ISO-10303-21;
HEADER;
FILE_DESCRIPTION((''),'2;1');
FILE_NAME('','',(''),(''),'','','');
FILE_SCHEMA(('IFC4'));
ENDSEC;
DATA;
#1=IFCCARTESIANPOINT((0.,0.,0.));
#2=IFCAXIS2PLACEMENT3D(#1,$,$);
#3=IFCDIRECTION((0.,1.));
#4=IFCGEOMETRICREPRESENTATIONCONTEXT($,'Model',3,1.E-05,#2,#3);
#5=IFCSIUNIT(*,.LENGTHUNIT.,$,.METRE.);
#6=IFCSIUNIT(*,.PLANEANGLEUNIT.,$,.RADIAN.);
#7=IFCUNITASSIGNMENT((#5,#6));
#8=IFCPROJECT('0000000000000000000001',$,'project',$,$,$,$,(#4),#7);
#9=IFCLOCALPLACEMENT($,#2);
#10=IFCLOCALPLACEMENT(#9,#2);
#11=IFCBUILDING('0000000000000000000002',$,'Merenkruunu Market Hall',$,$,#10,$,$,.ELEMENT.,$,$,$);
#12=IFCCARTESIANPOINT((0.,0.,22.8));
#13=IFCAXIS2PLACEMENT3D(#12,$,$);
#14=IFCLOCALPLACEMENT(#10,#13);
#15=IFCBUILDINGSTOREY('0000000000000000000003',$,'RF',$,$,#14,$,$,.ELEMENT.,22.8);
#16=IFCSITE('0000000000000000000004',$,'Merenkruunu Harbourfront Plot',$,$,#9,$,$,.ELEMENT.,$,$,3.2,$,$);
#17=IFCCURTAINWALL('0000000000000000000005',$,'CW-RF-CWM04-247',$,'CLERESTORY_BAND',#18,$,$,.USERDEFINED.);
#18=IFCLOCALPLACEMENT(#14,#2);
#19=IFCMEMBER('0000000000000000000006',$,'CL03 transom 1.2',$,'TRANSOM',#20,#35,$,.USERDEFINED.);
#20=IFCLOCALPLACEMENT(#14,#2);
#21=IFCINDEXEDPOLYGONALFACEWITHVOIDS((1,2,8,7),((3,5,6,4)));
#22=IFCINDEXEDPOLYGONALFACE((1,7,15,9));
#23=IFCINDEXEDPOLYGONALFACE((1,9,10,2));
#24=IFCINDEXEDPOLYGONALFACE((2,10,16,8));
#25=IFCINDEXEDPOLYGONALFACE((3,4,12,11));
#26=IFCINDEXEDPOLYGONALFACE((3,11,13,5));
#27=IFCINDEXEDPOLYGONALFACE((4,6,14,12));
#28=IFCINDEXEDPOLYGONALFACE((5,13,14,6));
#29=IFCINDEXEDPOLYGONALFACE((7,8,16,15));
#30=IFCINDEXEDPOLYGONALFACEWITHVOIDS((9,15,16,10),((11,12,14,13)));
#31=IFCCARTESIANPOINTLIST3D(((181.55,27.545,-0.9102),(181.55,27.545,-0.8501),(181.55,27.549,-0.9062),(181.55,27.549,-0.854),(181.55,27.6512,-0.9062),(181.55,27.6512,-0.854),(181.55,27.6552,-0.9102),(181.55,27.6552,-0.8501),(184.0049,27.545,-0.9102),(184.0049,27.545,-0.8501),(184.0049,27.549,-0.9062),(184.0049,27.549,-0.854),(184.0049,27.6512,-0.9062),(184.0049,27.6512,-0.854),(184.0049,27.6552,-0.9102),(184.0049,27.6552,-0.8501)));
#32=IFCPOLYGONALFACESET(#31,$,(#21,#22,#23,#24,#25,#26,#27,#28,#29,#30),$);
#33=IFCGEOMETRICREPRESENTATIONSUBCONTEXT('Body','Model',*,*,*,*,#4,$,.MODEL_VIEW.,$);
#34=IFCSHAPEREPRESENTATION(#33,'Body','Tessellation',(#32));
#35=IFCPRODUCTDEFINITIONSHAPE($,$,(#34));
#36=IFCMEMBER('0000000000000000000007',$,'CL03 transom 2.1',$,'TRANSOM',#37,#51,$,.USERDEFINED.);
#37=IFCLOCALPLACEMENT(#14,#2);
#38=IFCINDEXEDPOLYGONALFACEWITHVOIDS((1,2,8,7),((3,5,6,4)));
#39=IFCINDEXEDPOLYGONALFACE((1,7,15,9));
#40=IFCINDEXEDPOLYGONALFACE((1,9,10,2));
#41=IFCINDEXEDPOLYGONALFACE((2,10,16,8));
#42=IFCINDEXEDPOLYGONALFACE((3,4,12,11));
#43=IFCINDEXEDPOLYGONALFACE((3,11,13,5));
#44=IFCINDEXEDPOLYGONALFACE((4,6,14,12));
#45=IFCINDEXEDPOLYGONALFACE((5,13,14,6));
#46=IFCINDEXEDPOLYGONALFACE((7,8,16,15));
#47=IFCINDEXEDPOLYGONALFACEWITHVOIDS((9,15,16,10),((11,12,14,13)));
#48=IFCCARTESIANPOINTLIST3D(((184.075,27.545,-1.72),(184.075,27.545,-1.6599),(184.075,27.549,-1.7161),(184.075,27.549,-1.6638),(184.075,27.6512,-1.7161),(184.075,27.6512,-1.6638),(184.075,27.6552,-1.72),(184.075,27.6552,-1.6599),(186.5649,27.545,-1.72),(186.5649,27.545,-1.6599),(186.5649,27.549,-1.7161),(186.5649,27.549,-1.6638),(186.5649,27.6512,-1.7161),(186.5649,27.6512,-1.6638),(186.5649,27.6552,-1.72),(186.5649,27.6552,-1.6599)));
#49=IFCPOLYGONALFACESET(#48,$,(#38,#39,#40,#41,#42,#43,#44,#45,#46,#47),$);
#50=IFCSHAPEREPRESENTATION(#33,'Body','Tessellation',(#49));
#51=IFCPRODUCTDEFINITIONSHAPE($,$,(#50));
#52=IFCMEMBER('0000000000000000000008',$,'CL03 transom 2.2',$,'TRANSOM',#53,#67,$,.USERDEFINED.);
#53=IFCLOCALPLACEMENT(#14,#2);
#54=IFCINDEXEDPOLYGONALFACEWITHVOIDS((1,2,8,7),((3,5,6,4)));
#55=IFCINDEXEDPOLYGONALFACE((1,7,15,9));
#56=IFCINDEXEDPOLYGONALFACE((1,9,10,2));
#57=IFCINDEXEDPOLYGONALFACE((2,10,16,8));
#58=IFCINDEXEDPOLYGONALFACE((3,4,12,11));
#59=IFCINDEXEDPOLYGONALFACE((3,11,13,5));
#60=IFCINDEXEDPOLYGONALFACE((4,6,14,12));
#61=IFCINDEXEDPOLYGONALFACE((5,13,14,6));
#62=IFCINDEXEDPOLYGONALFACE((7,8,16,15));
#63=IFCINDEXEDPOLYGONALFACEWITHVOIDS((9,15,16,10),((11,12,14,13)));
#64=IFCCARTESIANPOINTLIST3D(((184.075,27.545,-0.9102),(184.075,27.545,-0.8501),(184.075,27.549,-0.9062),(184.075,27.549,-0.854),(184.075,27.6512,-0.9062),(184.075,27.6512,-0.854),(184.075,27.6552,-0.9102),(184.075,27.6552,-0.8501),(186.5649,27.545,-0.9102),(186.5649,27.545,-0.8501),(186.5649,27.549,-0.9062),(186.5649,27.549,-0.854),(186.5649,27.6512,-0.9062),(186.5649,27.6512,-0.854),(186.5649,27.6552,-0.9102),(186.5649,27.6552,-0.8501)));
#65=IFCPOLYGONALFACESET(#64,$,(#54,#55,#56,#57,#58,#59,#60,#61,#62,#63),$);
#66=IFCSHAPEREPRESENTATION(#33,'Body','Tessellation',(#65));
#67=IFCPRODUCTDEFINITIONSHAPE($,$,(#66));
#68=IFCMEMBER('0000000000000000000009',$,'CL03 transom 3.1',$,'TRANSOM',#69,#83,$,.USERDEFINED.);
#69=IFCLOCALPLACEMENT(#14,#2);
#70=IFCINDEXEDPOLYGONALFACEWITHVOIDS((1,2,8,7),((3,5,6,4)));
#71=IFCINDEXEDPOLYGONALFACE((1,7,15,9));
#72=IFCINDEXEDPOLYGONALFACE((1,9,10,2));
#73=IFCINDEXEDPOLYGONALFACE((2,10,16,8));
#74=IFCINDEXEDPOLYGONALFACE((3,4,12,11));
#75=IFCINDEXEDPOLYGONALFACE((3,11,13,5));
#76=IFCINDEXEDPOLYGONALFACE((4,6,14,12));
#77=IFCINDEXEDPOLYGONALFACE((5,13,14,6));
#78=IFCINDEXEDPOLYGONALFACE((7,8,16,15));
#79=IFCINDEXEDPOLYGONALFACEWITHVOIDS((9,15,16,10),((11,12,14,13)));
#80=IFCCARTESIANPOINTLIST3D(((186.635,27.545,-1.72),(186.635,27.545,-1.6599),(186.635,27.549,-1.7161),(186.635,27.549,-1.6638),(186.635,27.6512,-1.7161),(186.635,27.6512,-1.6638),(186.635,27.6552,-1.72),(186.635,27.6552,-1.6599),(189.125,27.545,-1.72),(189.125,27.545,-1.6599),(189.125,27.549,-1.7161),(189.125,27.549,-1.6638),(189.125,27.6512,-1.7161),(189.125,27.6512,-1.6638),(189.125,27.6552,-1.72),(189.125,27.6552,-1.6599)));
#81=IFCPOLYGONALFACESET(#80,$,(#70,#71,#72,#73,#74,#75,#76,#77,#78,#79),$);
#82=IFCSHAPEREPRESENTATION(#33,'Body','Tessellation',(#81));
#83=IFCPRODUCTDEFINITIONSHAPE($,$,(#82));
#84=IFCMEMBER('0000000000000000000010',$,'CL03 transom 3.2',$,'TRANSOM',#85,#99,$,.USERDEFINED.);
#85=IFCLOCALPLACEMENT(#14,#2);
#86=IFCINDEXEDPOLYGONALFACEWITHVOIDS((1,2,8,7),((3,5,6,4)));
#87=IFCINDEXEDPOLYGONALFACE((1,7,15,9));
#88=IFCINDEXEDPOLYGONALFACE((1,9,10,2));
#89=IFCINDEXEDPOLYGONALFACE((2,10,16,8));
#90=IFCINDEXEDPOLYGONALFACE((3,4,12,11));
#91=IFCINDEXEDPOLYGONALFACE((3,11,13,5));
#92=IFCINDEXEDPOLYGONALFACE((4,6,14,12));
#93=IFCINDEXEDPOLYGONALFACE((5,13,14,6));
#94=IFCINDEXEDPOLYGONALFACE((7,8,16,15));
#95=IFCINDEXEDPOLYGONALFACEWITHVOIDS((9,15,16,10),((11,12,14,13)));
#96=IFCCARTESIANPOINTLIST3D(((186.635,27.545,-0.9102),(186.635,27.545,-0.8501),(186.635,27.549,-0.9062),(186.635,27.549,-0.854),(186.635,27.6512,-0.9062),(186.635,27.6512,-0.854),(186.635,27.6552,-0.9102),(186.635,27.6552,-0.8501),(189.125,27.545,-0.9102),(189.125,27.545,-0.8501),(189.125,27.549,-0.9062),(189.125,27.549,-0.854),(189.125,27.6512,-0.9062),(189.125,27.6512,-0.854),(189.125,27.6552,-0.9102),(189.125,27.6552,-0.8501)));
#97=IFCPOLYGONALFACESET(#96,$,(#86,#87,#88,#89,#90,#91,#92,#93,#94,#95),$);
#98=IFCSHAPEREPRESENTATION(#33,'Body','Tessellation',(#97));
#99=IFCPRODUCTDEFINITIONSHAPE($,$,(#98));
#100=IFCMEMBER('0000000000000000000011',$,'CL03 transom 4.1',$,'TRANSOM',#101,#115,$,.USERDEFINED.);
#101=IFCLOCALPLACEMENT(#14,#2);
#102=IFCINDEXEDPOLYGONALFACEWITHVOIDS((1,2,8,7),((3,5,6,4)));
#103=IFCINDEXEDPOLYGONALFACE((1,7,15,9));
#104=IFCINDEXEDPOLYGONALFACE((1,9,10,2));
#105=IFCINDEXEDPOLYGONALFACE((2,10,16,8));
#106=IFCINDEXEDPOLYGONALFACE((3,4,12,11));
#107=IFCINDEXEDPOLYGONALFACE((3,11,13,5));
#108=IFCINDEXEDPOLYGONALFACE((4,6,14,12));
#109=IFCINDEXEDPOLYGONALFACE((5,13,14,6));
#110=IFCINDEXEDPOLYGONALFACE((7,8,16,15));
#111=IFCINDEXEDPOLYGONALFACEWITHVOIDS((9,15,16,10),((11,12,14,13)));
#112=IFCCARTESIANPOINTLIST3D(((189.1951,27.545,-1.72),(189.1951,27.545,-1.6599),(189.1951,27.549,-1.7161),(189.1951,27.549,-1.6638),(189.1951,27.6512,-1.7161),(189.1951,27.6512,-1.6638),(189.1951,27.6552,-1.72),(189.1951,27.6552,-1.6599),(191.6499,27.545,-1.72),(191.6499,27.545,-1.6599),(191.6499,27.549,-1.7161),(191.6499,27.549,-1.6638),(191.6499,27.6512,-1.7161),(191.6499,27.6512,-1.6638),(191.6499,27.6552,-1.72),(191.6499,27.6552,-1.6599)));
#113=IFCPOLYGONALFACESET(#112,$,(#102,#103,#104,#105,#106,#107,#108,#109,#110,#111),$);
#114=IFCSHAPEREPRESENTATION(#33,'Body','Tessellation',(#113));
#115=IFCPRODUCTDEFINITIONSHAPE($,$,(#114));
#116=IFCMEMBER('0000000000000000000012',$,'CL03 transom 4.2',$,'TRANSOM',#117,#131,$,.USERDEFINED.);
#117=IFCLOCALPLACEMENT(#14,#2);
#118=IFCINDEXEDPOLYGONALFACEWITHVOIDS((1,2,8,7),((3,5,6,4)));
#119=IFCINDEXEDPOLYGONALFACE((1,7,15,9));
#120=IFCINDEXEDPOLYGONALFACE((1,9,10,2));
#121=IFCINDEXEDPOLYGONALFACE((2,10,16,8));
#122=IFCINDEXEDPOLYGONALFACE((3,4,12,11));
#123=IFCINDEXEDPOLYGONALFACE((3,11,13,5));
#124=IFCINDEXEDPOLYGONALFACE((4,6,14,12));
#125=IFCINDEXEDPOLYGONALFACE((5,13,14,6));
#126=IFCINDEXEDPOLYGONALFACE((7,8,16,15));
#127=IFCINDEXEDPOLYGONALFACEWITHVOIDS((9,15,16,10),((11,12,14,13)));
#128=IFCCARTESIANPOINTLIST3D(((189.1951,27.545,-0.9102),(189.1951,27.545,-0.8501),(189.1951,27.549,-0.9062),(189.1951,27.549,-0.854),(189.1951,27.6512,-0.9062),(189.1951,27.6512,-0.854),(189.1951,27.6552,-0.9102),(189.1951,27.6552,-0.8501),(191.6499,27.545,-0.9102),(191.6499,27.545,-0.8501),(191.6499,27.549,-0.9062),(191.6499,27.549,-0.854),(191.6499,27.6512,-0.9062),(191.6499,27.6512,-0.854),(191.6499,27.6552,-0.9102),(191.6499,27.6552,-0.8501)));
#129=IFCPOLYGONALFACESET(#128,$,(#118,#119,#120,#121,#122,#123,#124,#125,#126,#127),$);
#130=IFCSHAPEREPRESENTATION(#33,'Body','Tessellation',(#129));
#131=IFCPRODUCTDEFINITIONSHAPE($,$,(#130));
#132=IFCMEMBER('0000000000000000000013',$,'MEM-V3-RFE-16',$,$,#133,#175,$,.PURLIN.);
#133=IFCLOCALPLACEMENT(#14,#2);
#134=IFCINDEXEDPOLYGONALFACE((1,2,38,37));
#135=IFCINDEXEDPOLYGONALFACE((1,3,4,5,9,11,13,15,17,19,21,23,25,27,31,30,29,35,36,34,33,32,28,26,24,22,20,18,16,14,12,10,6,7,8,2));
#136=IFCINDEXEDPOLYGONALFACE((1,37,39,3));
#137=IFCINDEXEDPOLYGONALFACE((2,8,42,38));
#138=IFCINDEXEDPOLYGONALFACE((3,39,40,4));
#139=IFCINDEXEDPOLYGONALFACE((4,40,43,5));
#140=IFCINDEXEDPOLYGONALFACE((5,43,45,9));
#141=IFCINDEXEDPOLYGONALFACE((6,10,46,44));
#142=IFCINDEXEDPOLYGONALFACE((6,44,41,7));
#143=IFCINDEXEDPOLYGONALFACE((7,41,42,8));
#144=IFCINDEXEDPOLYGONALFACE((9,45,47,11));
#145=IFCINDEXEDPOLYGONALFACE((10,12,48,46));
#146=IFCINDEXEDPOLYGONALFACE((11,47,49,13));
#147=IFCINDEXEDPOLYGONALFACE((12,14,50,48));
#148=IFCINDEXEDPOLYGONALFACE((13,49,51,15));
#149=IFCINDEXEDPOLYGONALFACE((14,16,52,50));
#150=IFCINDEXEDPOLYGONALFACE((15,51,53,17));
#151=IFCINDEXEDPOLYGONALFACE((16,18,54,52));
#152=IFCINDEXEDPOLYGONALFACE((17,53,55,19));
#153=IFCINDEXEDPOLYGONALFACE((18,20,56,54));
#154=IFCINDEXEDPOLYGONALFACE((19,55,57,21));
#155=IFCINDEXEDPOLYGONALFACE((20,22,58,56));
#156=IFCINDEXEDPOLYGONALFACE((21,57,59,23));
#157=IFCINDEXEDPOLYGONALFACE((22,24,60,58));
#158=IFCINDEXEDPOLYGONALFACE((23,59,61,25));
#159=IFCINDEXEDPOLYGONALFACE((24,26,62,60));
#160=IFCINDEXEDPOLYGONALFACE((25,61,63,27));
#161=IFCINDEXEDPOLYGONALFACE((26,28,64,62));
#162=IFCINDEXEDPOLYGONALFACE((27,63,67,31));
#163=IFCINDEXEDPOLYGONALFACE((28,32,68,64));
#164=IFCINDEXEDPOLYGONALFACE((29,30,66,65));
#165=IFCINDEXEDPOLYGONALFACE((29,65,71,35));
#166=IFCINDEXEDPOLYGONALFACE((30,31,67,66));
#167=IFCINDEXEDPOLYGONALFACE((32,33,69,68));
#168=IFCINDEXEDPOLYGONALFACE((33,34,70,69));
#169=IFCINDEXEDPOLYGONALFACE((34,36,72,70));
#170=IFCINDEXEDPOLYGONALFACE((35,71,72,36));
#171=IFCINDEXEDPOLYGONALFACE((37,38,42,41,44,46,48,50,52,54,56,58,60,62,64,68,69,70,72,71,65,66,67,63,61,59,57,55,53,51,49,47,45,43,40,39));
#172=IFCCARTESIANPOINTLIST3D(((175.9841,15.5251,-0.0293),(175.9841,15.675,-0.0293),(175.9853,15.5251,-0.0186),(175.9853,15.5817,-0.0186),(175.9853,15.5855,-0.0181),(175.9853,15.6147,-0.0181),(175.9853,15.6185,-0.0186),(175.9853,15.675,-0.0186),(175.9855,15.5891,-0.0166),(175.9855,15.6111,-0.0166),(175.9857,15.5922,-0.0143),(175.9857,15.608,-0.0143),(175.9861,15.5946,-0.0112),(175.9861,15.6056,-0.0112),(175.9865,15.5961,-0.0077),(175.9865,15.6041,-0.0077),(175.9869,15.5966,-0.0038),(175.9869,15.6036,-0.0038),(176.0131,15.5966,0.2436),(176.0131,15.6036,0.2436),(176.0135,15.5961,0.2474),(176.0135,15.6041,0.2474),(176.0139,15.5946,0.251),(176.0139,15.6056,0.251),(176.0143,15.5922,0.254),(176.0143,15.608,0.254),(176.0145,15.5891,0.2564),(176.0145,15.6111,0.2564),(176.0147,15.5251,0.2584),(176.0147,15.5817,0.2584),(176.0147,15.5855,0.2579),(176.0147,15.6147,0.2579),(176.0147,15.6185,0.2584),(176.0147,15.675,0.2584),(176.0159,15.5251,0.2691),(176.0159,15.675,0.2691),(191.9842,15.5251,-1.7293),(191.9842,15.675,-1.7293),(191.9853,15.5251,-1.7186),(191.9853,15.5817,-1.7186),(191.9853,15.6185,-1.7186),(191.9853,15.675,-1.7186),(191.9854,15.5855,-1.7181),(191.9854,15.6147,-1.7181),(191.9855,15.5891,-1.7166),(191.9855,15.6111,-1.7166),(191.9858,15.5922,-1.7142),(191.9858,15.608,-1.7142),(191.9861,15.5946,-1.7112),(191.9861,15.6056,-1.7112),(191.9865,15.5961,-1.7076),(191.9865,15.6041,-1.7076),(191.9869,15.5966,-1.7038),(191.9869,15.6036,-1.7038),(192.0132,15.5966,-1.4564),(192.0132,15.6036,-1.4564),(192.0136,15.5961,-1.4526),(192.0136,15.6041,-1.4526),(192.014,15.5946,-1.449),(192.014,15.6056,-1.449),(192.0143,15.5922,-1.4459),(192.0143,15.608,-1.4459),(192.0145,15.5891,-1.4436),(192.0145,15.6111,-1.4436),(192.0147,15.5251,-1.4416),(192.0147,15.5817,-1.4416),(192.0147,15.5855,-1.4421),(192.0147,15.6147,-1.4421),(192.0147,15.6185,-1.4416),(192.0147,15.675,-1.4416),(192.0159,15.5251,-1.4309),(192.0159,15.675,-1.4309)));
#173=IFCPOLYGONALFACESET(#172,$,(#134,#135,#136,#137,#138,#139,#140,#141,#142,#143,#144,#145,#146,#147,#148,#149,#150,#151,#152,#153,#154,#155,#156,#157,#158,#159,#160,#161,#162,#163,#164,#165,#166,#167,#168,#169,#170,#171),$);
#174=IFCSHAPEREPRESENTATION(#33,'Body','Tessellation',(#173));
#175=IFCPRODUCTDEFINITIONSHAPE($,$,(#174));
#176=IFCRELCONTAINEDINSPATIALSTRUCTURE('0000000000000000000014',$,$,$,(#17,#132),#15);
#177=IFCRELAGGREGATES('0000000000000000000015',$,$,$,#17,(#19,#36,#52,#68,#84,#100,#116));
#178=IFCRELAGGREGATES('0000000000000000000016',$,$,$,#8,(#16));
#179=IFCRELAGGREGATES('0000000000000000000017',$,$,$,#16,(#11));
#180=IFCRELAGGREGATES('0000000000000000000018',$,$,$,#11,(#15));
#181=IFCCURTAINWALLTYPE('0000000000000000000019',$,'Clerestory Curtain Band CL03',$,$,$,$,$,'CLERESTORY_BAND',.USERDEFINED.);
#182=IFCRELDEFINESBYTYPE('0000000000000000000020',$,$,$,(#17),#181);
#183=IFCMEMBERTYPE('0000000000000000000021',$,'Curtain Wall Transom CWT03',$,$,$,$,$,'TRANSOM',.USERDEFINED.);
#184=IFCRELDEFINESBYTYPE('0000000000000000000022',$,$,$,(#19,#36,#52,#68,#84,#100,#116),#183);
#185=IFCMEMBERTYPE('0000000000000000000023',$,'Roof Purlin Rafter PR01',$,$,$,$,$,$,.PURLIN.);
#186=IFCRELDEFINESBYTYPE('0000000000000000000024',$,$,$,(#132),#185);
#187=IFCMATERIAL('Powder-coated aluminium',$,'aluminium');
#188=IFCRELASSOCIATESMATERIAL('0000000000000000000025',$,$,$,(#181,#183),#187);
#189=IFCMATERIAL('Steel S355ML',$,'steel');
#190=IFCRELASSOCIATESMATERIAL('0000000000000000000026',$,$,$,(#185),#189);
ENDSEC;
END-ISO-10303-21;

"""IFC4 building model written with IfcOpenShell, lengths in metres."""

from ifc_helpers import new_model, si_unit, direction, frame, origin, origin_2d, place, context, subcontext, project, spatial, hollow_rectangle, i_section, extrude, material, material_profile, profile_set, type_object, element, aggregate, save


model = new_model("IFC4")

# Units and contexts
model_context = context("Model", 3, precision=1e-05, world=origin(), true_north=direction((0.0, 1.0)))
body_context = subcontext(model_context, "Body", "Model", "MODEL_VIEW")
ifc_project = project(units=[si_unit("LENGTHUNIT", "METRE"), si_unit("PLANEANGLEUNIT", "RADIAN")], contexts=[model_context])

# Site, building, storey
site_placement = place(None, origin())
site = spatial("IfcSite", under=ifc_project, at=site_placement, Name="Merenkruunu Harbourfront Plot", CompositionType="ELEMENT", RefElevation=3.2)
building_placement = place(site_placement, origin())
building = spatial("IfcBuilding", under=site, at=building_placement, Name="Merenkruunu Market Hall", CompositionType="ELEMENT")
storey_placement = place(building_placement, frame((0.0, 0.0, 22.8)))
storey = spatial("IfcBuildingStorey", under=building, at=storey_placement, Name="RF", CompositionType="ELEMENT", Elevation=22.8)

# Curtain wall
ifc_material_1 = material(Name="Powder-coated aluminium", Category="aluminium")
curtain_wall_type = type_object("IfcCurtainWallType", Name="Clerestory Curtain Band CL03", ElementType="CLERESTORY_BAND", PredefinedType="USERDEFINED", material=ifc_material_1)
curtain_wall_1_placement = place(storey_placement, origin())
curtain_wall_1 = element("IfcCurtainWall", 1, at=curtain_wall_1_placement, inside=storey, type_object=curtain_wall_type, Name="CW-RF-CWM04-247", ObjectType="CLERESTORY_BAND", PredefinedType="USERDEFINED")

# Members
ifc_material_profile_1 = material_profile(ifc_material_1, hollow_rectangle(XDim=0.0601, YDim=0.1101, WallThickness=0.0039, at=origin_2d()), Name="ALU 60x110x4")
ifc_profile_set_1 = profile_set([ifc_material_profile_1], Name="Powder-coated aluminium")
member_type_1 = type_object("IfcMemberType", Name="Curtain Wall Transom CWT03", ElementType="TRANSOM", PredefinedType="USERDEFINED", material=ifc_profile_set_1)
member_1_placement = place(storey_placement, frame((181.55, 27.6001, -0.8801), z_axis=(1.0, 0.0, 0.0), x_axis=(0.0, 0.0, 1.0)))
member_1 = element("IfcMember", 2, at=member_1_placement, type_object=member_type_1, Name="CL03 transom 1.2", ObjectType="TRANSOM", PredefinedType="USERDEFINED", context=body_context, shape_type="SweptSolid", body=[
    extrude(hollow_rectangle(XDim=0.0601, YDim=0.1101, WallThickness=0.0039, at=origin_2d()), origin(), (0.0, 0.0, 1.0), 2.4548),
])
member_2_placement = place(storey_placement, frame((184.075, 27.6001, -1.6899), z_axis=(1.0, 0.0, 0.0), x_axis=(0.0, 0.0, 1.0)))
member_2 = element("IfcMember", 3, at=member_2_placement, type_object=member_type_1, Name="CL03 transom 2.1", ObjectType="TRANSOM", PredefinedType="USERDEFINED", context=body_context, shape_type="SweptSolid", body=[
    extrude(hollow_rectangle(XDim=0.0601, YDim=0.1101, WallThickness=0.0039, at=origin_2d()), origin(), (0.0, 0.0, 1.0), 2.49),
])
member_3_placement = place(storey_placement, frame((184.075, 27.6001, -0.8801), z_axis=(1.0, 0.0, 0.0), x_axis=(0.0, 0.0, 1.0)))
member_3 = element("IfcMember", 4, at=member_3_placement, type_object=member_type_1, Name="CL03 transom 2.2", ObjectType="TRANSOM", PredefinedType="USERDEFINED", context=body_context, shape_type="SweptSolid", body=[
    extrude(hollow_rectangle(XDim=0.0601, YDim=0.1101, WallThickness=0.0039, at=origin_2d()), origin(), (0.0, 0.0, 1.0), 2.49),
])
member_4_placement = place(storey_placement, frame((186.635, 27.6001, -1.6899), z_axis=(1.0, 0.0, 0.0), x_axis=(0.0, 0.0, 1.0)))
member_4 = element("IfcMember", 5, at=member_4_placement, type_object=member_type_1, Name="CL03 transom 3.1", ObjectType="TRANSOM", PredefinedType="USERDEFINED", context=body_context, shape_type="SweptSolid", body=[
    extrude(hollow_rectangle(XDim=0.0601, YDim=0.1101, WallThickness=0.0039, at=origin_2d()), origin(), (0.0, 0.0, 1.0), 2.49),
])
member_5_placement = place(storey_placement, frame((186.635, 27.6001, -0.8801), z_axis=(1.0, 0.0, 0.0), x_axis=(0.0, 0.0, 1.0)))
member_5 = element("IfcMember", 6, at=member_5_placement, type_object=member_type_1, Name="CL03 transom 3.2", ObjectType="TRANSOM", PredefinedType="USERDEFINED", context=body_context, shape_type="SweptSolid", body=[
    extrude(hollow_rectangle(XDim=0.0601, YDim=0.1101, WallThickness=0.0039, at=origin_2d()), origin(), (0.0, 0.0, 1.0), 2.49),
])
member_6_placement = place(storey_placement, frame((189.1951, 27.6001, -1.6899), z_axis=(1.0, 0.0, 0.0), x_axis=(0.0, 0.0, 1.0)))
member_6 = element("IfcMember", 7, at=member_6_placement, type_object=member_type_1, Name="CL03 transom 4.1", ObjectType="TRANSOM", PredefinedType="USERDEFINED", context=body_context, shape_type="SweptSolid", body=[
    extrude(hollow_rectangle(XDim=0.0601, YDim=0.1101, WallThickness=0.0039, at=origin_2d()), origin(), (0.0, 0.0, 1.0), 2.4548),
])
member_7_placement = place(storey_placement, frame((189.1951, 27.6001, -0.8801), z_axis=(1.0, 0.0, 0.0), x_axis=(0.0, 0.0, 1.0)))
member_7 = element("IfcMember", 8, at=member_7_placement, type_object=member_type_1, Name="CL03 transom 4.2", ObjectType="TRANSOM", PredefinedType="USERDEFINED", context=body_context, shape_type="SweptSolid", body=[
    extrude(hollow_rectangle(XDim=0.0601, YDim=0.1101, WallThickness=0.0039, at=origin_2d()), origin(), (0.0, 0.0, 1.0), 2.4548),
])

# Member
ifc_material_2 = material(Name="Steel S355ML", Category="steel")
ifc_material_profile_2 = material_profile(ifc_material_2, i_section(OverallWidth=0.1499, OverallDepth=0.3, WebThickness=0.0071, FlangeThickness=0.0107, FilletRadius=0.0149, at=origin_2d()), Name="IPE 300")
ifc_profile_set_2 = profile_set([ifc_material_profile_2], Name="Steel S355ML")
member_type_2 = type_object("IfcMemberType", Name="Roof Purlin Rafter PR01", PredefinedType="PURLIN", material=ifc_profile_set_2)
for number, where, z_axis, x_axis, name in (
    (9, (176.0, 15.6001, 0.1199), (0.994403, 0.0, -0.105652), (0.0, 1.0, 0.0), "MEM-V3-RFE-16"),
):
    element("IfcMember", number, at=place(storey_placement, frame(where, z_axis=z_axis, x_axis=x_axis)), inside=storey, type_object=member_type_2, Name=name, PredefinedType="PURLIN", context=body_context, shape_type="SweptSolid", body=[
        extrude(i_section(OverallWidth=0.1499, OverallDepth=0.3, WebThickness=0.0071, FlangeThickness=0.0107, FilletRadius=0.0149, at=origin_2d()), origin(), (0.0, 0.0, 1.0), 16.0901),
    ])

aggregate(curtain_wall_1, [member_1, member_2, member_3, member_4, member_5, member_6, member_7])

save(model, "model.ifc")
